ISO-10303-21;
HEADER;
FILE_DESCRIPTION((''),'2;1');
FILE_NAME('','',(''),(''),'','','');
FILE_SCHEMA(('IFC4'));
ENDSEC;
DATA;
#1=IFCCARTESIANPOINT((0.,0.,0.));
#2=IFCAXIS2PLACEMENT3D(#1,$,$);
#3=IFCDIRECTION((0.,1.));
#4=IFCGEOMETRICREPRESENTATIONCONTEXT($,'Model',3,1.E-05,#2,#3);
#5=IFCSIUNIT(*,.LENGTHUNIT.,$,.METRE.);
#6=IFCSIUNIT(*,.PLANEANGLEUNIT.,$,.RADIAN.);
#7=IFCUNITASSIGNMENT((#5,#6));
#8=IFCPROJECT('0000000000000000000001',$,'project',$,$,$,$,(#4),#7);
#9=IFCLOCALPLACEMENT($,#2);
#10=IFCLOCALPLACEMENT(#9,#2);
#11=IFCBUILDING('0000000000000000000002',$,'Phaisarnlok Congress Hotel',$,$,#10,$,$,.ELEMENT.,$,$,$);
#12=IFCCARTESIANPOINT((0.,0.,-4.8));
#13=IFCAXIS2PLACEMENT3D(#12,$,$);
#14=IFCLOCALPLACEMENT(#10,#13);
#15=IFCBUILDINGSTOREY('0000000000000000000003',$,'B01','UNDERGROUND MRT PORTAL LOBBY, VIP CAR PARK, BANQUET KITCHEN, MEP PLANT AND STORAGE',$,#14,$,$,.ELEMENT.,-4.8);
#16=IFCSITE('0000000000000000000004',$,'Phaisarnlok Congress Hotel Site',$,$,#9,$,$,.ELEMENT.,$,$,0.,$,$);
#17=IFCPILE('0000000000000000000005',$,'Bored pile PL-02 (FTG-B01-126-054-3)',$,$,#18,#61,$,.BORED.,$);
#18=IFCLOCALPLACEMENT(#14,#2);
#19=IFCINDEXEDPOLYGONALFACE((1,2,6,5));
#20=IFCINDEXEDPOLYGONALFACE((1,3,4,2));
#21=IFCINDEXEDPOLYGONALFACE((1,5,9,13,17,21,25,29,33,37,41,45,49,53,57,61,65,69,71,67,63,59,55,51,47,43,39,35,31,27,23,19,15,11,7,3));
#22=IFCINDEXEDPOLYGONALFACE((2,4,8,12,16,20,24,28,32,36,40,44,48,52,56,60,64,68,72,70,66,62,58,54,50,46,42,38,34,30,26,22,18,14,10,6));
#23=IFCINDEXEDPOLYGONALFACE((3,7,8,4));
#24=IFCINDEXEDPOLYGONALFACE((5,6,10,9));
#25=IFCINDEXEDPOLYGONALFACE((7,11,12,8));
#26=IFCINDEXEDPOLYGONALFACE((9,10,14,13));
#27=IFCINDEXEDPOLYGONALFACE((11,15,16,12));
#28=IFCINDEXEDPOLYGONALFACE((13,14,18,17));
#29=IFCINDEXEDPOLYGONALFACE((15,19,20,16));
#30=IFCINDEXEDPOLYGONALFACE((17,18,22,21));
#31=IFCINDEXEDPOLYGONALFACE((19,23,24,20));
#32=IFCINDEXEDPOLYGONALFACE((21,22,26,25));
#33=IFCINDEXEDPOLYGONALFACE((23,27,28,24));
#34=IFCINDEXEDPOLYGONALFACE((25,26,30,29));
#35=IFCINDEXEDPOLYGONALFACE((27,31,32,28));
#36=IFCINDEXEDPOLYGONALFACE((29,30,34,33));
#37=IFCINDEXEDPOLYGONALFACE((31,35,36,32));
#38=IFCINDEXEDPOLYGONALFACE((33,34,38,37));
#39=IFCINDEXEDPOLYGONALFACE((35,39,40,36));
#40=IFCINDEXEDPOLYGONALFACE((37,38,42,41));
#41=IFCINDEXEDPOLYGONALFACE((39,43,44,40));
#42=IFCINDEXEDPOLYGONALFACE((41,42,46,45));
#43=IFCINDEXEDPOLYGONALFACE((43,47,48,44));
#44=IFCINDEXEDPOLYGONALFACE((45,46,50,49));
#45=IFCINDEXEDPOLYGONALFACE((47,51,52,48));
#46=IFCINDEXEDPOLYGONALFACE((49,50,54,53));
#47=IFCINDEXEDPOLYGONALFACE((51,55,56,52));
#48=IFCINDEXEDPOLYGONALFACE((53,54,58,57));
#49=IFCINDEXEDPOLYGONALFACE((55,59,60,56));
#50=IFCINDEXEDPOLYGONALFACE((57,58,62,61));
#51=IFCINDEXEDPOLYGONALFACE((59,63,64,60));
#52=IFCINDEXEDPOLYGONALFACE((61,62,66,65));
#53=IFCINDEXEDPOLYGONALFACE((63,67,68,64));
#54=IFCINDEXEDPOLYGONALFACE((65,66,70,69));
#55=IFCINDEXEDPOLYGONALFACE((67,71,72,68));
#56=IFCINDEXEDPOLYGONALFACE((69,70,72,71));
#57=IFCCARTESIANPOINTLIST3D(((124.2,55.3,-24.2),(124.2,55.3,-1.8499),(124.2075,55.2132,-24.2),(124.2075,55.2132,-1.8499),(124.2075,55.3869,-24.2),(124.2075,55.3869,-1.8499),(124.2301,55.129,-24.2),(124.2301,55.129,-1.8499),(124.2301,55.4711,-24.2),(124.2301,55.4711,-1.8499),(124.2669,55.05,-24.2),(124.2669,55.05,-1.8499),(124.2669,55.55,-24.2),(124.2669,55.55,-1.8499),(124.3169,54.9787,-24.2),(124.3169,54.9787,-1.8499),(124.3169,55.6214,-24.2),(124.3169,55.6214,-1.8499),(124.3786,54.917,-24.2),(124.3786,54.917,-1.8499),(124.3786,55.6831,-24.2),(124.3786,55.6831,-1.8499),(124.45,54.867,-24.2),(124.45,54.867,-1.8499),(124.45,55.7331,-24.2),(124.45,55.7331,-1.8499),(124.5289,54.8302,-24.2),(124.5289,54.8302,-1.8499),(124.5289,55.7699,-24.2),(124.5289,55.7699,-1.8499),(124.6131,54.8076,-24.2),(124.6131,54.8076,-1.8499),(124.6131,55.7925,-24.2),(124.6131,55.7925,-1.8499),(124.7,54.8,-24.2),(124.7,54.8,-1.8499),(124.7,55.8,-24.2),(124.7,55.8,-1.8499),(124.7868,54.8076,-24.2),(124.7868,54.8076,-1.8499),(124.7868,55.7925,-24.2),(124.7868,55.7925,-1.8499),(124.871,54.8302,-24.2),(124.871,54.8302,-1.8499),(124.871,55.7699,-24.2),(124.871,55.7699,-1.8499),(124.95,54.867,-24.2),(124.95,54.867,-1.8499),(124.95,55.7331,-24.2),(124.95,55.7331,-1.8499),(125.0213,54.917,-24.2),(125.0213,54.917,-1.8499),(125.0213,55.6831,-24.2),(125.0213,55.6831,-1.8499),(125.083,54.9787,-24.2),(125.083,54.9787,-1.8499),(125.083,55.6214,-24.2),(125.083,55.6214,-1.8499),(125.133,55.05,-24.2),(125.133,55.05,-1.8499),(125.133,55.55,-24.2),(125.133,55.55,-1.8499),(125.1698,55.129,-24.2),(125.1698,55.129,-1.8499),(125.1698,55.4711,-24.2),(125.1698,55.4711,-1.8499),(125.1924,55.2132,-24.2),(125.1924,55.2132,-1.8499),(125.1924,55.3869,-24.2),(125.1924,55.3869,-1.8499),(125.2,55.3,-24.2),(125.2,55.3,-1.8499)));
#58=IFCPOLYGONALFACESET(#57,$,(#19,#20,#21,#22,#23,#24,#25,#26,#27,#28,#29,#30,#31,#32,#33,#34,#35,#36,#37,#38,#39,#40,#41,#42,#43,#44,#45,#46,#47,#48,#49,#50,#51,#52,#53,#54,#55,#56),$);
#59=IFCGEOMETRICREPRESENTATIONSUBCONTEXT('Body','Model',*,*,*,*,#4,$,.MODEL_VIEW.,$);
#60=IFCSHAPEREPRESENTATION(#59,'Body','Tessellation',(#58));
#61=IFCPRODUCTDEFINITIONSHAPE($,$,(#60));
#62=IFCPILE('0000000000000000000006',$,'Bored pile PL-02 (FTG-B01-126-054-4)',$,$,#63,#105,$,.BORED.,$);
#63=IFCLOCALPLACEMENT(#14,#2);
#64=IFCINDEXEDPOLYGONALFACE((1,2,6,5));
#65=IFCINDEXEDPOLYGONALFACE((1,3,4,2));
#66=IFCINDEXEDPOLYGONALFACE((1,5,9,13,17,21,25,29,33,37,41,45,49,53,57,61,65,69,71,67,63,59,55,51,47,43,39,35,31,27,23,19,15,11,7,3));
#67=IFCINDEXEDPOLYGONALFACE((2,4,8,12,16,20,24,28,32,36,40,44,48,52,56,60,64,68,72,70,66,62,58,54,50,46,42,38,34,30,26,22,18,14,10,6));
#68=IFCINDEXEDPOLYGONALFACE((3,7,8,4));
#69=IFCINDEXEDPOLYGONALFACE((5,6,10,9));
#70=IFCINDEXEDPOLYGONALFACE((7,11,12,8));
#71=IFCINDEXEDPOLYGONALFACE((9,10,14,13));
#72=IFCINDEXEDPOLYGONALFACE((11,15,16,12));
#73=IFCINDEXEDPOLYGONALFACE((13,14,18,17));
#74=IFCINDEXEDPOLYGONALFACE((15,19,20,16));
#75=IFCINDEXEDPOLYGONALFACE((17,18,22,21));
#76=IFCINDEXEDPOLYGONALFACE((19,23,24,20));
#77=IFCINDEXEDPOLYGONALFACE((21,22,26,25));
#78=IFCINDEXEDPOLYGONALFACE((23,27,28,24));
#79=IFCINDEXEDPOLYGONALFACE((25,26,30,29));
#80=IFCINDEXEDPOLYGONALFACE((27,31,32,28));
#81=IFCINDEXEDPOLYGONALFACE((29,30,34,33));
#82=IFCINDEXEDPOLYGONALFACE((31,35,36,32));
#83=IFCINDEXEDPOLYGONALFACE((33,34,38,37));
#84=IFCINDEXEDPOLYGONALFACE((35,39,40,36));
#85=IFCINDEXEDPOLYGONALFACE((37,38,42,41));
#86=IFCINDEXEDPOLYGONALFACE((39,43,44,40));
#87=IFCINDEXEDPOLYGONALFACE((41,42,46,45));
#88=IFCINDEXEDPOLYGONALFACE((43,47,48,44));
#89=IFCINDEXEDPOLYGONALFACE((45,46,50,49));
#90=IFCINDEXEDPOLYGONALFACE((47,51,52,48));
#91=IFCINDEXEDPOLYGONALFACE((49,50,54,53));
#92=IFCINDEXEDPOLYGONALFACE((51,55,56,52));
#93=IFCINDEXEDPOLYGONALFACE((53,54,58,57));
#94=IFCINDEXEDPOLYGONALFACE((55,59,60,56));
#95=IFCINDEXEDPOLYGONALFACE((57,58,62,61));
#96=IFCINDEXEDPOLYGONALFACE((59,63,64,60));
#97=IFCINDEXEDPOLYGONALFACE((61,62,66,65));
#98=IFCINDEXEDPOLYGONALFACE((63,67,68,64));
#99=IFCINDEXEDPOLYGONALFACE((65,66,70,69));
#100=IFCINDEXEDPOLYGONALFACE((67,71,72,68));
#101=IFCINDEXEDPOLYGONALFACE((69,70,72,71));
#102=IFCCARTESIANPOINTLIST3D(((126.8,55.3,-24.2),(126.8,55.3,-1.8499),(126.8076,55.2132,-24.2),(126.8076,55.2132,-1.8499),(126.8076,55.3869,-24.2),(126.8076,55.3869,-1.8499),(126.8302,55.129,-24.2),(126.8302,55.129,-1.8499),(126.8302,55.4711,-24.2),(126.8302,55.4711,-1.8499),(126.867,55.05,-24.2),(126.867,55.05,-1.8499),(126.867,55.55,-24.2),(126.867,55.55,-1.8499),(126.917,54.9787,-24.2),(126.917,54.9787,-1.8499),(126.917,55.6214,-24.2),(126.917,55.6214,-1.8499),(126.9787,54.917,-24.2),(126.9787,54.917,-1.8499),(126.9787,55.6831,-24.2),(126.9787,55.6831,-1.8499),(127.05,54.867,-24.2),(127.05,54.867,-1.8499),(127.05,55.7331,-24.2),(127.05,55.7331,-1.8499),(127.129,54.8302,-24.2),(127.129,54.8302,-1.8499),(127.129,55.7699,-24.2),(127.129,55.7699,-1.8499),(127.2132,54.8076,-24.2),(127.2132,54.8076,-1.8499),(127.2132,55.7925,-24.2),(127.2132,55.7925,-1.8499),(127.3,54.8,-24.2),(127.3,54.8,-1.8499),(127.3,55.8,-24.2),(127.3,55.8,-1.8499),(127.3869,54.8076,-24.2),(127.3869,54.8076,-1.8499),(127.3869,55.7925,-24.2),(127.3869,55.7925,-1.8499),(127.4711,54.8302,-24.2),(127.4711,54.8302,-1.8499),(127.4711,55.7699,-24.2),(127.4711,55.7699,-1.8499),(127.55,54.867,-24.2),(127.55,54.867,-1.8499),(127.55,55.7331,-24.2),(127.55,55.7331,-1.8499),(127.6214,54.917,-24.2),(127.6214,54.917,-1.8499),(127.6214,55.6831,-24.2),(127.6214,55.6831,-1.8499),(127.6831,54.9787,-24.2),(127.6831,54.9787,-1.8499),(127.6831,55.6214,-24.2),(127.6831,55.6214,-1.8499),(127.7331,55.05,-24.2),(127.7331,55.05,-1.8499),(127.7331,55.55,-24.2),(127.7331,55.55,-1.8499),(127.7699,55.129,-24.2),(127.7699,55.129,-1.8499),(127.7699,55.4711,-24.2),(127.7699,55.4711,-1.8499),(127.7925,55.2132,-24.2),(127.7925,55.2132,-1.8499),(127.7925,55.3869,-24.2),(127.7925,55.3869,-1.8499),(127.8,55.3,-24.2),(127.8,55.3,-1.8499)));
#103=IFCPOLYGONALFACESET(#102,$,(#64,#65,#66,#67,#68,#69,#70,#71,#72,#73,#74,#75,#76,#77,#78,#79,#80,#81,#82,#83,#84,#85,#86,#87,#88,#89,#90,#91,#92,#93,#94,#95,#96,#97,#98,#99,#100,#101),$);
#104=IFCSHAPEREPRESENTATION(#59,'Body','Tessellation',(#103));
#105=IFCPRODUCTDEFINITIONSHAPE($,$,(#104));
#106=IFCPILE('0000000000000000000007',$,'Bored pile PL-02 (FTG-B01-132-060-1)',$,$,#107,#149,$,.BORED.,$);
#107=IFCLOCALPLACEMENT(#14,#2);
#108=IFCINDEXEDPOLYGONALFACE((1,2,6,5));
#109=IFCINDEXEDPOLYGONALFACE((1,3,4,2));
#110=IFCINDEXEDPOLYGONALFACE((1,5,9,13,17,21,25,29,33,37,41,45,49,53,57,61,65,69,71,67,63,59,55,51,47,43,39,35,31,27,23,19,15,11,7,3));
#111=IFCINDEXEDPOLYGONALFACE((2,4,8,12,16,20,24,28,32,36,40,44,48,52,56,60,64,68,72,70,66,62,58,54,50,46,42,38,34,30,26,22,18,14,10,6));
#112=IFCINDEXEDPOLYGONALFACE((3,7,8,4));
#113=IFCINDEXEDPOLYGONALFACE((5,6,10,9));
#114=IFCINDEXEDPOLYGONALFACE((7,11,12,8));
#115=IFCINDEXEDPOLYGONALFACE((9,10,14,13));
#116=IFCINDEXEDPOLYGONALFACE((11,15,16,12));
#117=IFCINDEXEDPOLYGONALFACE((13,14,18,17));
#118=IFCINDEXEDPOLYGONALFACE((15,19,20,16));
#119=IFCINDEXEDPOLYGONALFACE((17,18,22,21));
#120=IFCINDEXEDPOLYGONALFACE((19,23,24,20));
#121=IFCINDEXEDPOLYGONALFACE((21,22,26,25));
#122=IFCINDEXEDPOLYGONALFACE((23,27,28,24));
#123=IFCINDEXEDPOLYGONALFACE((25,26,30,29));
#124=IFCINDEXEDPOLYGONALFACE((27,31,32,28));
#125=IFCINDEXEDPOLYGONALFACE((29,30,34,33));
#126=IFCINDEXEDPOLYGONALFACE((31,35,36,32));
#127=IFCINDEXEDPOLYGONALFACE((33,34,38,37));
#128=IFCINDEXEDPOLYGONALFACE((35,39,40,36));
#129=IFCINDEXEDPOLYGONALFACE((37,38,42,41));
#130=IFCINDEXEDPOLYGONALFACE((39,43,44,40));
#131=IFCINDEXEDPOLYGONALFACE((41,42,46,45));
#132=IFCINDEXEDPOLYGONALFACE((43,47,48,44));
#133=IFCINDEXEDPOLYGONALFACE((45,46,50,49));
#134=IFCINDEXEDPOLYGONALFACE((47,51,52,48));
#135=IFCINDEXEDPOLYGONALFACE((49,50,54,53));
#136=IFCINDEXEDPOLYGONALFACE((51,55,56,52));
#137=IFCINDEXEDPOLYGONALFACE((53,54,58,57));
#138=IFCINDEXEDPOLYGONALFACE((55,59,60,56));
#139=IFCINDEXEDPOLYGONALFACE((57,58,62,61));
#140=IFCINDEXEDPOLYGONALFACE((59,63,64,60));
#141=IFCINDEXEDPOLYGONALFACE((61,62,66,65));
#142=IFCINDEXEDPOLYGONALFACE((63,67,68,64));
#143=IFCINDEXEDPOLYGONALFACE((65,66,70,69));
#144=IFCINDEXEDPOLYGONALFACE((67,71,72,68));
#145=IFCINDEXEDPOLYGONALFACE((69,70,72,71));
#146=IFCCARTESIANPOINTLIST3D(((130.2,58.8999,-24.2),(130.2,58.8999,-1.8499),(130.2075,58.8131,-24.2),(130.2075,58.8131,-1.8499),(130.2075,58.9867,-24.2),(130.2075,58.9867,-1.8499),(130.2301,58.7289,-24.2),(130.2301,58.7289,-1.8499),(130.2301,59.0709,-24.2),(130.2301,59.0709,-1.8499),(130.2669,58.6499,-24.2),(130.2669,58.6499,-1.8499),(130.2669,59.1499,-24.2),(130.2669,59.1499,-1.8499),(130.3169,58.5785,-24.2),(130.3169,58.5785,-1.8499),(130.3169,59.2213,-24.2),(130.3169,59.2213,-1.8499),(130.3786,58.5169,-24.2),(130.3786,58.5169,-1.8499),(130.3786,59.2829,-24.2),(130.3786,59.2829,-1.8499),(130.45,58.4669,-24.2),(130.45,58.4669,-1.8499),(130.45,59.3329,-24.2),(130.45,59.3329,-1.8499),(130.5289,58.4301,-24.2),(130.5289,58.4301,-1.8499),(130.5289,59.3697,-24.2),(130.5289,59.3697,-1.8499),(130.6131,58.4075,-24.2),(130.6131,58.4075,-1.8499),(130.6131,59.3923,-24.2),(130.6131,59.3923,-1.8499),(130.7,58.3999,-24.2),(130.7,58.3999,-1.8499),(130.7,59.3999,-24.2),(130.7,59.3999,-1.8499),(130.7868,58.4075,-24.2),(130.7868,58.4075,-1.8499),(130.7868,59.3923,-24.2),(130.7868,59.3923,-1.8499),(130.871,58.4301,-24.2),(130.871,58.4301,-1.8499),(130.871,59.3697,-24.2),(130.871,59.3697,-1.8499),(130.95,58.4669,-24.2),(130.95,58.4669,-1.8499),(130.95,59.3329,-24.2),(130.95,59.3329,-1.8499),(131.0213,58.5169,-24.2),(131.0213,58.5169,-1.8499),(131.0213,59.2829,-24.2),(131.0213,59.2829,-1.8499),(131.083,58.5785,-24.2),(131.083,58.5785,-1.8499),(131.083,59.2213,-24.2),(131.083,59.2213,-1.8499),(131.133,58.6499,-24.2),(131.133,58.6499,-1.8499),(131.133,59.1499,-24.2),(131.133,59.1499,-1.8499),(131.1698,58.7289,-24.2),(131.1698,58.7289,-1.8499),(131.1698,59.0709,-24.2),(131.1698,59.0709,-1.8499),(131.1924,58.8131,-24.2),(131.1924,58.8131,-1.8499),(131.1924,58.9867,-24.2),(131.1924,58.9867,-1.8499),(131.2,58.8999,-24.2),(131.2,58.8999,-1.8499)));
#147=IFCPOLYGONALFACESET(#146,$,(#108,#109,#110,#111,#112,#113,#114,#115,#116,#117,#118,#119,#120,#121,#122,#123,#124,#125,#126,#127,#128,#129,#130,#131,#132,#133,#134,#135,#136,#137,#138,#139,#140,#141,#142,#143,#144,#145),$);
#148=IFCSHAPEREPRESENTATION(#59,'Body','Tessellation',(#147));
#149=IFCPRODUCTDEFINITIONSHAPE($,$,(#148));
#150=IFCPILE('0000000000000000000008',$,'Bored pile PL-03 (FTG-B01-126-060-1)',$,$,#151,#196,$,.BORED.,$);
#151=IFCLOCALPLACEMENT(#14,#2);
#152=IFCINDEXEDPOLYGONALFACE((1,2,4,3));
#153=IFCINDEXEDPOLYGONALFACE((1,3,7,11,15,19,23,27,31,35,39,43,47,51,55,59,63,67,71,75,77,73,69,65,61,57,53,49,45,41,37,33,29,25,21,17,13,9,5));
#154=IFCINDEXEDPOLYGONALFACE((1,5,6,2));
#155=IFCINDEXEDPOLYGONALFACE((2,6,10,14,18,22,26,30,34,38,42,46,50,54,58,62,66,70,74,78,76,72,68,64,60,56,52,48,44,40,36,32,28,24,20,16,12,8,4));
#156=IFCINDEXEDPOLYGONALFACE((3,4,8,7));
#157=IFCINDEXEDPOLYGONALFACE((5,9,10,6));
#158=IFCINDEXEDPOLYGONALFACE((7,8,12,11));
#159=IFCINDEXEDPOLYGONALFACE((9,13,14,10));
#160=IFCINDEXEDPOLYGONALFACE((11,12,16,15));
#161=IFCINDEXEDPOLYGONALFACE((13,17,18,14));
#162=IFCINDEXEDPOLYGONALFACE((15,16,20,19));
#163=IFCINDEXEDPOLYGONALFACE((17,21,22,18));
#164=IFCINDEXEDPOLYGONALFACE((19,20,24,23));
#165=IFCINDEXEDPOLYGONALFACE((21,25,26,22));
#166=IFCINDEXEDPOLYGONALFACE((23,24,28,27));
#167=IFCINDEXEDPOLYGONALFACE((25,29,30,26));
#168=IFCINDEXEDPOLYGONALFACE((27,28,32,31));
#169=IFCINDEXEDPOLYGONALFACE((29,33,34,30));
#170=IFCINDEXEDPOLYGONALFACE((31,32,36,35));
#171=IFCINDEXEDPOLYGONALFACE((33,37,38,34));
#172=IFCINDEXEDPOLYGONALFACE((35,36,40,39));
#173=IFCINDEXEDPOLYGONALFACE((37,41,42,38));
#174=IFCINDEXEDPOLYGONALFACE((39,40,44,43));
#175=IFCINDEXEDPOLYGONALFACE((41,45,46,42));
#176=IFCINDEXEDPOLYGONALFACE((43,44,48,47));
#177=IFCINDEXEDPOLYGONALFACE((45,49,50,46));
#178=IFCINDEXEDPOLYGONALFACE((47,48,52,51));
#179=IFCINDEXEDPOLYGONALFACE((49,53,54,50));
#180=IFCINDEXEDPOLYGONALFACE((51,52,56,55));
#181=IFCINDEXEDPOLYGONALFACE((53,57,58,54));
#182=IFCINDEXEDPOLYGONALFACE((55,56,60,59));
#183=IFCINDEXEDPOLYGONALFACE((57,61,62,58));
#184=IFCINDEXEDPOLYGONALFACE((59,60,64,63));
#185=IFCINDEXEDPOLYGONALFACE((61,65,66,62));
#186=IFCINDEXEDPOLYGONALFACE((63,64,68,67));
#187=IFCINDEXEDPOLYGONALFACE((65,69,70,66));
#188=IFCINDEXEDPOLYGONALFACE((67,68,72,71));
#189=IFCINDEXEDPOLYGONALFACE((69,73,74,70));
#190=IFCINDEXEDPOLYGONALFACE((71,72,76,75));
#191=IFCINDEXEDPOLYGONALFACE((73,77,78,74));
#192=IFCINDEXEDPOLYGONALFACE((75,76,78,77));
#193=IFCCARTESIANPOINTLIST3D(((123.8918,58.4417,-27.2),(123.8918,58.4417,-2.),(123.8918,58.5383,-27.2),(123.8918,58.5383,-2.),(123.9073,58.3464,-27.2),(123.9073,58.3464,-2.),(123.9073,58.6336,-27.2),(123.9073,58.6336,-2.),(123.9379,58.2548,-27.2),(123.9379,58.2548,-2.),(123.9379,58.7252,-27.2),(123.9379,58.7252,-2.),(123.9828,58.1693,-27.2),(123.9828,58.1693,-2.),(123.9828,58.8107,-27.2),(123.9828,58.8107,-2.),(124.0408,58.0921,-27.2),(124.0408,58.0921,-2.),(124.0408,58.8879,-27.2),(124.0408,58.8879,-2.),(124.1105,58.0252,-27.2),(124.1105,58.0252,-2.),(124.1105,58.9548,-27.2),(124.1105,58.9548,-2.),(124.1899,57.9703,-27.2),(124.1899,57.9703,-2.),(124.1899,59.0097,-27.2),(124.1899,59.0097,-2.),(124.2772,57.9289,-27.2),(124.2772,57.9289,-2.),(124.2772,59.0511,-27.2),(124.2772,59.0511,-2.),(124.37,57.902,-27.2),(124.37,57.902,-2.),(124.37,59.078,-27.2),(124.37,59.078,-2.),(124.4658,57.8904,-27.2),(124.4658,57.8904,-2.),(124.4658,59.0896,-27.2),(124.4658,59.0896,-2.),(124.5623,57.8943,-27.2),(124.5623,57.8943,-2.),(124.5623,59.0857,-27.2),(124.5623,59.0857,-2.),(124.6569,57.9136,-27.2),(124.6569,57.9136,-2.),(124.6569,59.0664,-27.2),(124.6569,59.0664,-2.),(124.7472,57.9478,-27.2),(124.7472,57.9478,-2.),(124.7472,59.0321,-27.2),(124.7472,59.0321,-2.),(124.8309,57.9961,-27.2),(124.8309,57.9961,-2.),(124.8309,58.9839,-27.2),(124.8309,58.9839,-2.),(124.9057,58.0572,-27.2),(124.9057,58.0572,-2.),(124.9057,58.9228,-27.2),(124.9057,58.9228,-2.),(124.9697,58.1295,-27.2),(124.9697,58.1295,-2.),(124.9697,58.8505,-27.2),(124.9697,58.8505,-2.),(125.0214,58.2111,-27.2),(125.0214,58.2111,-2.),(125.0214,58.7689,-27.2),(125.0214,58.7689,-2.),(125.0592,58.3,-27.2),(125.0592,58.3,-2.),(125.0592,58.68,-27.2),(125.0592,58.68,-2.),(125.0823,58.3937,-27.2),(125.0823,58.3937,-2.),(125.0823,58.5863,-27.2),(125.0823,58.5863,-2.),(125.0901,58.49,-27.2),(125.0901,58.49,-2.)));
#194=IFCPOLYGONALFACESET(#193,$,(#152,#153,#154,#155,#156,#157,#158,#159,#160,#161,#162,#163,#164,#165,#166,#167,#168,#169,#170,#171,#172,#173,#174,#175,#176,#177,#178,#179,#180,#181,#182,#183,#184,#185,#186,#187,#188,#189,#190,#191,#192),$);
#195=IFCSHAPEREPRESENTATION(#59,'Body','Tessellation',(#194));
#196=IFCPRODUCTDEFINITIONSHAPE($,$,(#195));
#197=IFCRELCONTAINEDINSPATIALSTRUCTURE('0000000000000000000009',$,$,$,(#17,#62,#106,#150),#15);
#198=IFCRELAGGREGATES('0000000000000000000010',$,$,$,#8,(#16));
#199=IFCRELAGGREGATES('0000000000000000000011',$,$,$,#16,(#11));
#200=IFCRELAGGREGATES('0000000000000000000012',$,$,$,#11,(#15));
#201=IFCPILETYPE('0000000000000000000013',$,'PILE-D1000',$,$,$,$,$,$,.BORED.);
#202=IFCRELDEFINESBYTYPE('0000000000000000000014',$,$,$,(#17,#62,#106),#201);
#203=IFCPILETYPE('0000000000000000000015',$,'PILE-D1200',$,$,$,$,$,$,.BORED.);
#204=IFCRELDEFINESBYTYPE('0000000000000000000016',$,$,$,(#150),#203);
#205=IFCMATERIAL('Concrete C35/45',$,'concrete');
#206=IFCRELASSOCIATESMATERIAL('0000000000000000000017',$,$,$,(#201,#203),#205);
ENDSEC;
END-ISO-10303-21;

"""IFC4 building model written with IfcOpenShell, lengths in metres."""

from ifc_helpers import new_model, si_unit, direction, frame, origin, origin_2d, place, context, subcontext, project, spatial, circle, extrude, material, material_profile, profile_set, type_object, element, save


model = new_model("IFC4")

# Units and contexts
model_context = context("Model", 3, precision=1e-05, world=origin(), true_north=direction((0.0, 1.0)))
body_context = subcontext(model_context, "Body", "Model", "MODEL_VIEW")
ifc_project = project(units=[si_unit("LENGTHUNIT", "METRE"), si_unit("PLANEANGLEUNIT", "RADIAN")], contexts=[model_context])

# Site, building, storey
site_placement = place(None, origin())
site = spatial("IfcSite", under=ifc_project, at=site_placement, Name="Phaisarnlok Congress Hotel Site", CompositionType="ELEMENT", RefElevation=0.0)
building_placement = place(site_placement, origin())
building = spatial("IfcBuilding", under=site, at=building_placement, Name="Phaisarnlok Congress Hotel", CompositionType="ELEMENT")
storey_placement = place(building_placement, frame((0.0, 0.0, -4.8)))
storey = spatial("IfcBuildingStorey", under=building, at=storey_placement, Name="B01", Description="UNDERGROUND MRT PORTAL LOBBY, VIP CAR PARK, BANQUET KITCHEN, MEP PLANT AND STORAGE", CompositionType="ELEMENT", Elevation=-4.8)

# Piles
ifc_material_1 = material(Name="Concrete C35/45", Category="concrete")
ifc_material_profile_1 = material_profile(ifc_material_1, circle(Radius=0.5, at=origin_2d()), Name="BORED PILE D1000")
ifc_profile_set_1 = profile_set([ifc_material_profile_1], Name="Concrete C35/45")
pile_type_1 = type_object("IfcPileType", Name="PILE-D1000", PredefinedType="BORED", material=ifc_profile_set_1)
for number, where, z_axis, x_axis, name in (
    (1, (124.7, 55.3, -1.8499), (0.0, 0.0, -1.0), (1.0, 0.0, 0.0), "Bored pile PL-02 (FTG-B01-126-054-3)"),
    (2, (127.3, 55.3, -1.8499), (0.0, 0.0, -1.0), (1.0, 0.0, 0.0), "Bored pile PL-02 (FTG-B01-126-054-4)"),
    (3, (130.7, 58.8999, -1.8499), (0.0, 0.0, -1.0), (1.0, 0.0, 0.0), "Bored pile PL-02 (FTG-B01-132-060-1)"),
):
    element("IfcPile", number, at=place(storey_placement, frame(where, z_axis=z_axis, x_axis=x_axis)), inside=storey, type_object=pile_type_1, Name=name, PredefinedType="BORED", context=body_context, shape_type="SweptSolid", body=[
        extrude(circle(Radius=0.5, at=origin_2d()), origin(), (0.0, 0.0, 1.0), 22.3501),
    ])
ifc_material_profile_2 = material_profile(ifc_material_1, circle(Radius=0.6001, at=origin_2d()), Name="BORED PILE D1200")
ifc_profile_set_2 = profile_set([ifc_material_profile_2], Name="Concrete C35/45")
pile_type_2 = type_object("IfcPileType", Name="PILE-D1200", PredefinedType="BORED", material=ifc_profile_set_2)
for number, where, z_axis, x_axis, name in (
    (4, (124.49, 58.49, -2.0), (0.0, 0.0, -1.0), (1.0, 0.0, 0.0), "Bored pile PL-03 (FTG-B01-126-060-1)"),
):
    element("IfcPile", number, at=place(storey_placement, frame(where, z_axis=z_axis, x_axis=x_axis)), inside=storey, type_object=pile_type_2, Name=name, PredefinedType="BORED", context=body_context, shape_type="SweptSolid", body=[
        extrude(circle(Radius=0.6001, at=origin_2d()), origin(), (0.0, 0.0, 1.0), 25.2),
    ])

save(model, "model.ifc")
